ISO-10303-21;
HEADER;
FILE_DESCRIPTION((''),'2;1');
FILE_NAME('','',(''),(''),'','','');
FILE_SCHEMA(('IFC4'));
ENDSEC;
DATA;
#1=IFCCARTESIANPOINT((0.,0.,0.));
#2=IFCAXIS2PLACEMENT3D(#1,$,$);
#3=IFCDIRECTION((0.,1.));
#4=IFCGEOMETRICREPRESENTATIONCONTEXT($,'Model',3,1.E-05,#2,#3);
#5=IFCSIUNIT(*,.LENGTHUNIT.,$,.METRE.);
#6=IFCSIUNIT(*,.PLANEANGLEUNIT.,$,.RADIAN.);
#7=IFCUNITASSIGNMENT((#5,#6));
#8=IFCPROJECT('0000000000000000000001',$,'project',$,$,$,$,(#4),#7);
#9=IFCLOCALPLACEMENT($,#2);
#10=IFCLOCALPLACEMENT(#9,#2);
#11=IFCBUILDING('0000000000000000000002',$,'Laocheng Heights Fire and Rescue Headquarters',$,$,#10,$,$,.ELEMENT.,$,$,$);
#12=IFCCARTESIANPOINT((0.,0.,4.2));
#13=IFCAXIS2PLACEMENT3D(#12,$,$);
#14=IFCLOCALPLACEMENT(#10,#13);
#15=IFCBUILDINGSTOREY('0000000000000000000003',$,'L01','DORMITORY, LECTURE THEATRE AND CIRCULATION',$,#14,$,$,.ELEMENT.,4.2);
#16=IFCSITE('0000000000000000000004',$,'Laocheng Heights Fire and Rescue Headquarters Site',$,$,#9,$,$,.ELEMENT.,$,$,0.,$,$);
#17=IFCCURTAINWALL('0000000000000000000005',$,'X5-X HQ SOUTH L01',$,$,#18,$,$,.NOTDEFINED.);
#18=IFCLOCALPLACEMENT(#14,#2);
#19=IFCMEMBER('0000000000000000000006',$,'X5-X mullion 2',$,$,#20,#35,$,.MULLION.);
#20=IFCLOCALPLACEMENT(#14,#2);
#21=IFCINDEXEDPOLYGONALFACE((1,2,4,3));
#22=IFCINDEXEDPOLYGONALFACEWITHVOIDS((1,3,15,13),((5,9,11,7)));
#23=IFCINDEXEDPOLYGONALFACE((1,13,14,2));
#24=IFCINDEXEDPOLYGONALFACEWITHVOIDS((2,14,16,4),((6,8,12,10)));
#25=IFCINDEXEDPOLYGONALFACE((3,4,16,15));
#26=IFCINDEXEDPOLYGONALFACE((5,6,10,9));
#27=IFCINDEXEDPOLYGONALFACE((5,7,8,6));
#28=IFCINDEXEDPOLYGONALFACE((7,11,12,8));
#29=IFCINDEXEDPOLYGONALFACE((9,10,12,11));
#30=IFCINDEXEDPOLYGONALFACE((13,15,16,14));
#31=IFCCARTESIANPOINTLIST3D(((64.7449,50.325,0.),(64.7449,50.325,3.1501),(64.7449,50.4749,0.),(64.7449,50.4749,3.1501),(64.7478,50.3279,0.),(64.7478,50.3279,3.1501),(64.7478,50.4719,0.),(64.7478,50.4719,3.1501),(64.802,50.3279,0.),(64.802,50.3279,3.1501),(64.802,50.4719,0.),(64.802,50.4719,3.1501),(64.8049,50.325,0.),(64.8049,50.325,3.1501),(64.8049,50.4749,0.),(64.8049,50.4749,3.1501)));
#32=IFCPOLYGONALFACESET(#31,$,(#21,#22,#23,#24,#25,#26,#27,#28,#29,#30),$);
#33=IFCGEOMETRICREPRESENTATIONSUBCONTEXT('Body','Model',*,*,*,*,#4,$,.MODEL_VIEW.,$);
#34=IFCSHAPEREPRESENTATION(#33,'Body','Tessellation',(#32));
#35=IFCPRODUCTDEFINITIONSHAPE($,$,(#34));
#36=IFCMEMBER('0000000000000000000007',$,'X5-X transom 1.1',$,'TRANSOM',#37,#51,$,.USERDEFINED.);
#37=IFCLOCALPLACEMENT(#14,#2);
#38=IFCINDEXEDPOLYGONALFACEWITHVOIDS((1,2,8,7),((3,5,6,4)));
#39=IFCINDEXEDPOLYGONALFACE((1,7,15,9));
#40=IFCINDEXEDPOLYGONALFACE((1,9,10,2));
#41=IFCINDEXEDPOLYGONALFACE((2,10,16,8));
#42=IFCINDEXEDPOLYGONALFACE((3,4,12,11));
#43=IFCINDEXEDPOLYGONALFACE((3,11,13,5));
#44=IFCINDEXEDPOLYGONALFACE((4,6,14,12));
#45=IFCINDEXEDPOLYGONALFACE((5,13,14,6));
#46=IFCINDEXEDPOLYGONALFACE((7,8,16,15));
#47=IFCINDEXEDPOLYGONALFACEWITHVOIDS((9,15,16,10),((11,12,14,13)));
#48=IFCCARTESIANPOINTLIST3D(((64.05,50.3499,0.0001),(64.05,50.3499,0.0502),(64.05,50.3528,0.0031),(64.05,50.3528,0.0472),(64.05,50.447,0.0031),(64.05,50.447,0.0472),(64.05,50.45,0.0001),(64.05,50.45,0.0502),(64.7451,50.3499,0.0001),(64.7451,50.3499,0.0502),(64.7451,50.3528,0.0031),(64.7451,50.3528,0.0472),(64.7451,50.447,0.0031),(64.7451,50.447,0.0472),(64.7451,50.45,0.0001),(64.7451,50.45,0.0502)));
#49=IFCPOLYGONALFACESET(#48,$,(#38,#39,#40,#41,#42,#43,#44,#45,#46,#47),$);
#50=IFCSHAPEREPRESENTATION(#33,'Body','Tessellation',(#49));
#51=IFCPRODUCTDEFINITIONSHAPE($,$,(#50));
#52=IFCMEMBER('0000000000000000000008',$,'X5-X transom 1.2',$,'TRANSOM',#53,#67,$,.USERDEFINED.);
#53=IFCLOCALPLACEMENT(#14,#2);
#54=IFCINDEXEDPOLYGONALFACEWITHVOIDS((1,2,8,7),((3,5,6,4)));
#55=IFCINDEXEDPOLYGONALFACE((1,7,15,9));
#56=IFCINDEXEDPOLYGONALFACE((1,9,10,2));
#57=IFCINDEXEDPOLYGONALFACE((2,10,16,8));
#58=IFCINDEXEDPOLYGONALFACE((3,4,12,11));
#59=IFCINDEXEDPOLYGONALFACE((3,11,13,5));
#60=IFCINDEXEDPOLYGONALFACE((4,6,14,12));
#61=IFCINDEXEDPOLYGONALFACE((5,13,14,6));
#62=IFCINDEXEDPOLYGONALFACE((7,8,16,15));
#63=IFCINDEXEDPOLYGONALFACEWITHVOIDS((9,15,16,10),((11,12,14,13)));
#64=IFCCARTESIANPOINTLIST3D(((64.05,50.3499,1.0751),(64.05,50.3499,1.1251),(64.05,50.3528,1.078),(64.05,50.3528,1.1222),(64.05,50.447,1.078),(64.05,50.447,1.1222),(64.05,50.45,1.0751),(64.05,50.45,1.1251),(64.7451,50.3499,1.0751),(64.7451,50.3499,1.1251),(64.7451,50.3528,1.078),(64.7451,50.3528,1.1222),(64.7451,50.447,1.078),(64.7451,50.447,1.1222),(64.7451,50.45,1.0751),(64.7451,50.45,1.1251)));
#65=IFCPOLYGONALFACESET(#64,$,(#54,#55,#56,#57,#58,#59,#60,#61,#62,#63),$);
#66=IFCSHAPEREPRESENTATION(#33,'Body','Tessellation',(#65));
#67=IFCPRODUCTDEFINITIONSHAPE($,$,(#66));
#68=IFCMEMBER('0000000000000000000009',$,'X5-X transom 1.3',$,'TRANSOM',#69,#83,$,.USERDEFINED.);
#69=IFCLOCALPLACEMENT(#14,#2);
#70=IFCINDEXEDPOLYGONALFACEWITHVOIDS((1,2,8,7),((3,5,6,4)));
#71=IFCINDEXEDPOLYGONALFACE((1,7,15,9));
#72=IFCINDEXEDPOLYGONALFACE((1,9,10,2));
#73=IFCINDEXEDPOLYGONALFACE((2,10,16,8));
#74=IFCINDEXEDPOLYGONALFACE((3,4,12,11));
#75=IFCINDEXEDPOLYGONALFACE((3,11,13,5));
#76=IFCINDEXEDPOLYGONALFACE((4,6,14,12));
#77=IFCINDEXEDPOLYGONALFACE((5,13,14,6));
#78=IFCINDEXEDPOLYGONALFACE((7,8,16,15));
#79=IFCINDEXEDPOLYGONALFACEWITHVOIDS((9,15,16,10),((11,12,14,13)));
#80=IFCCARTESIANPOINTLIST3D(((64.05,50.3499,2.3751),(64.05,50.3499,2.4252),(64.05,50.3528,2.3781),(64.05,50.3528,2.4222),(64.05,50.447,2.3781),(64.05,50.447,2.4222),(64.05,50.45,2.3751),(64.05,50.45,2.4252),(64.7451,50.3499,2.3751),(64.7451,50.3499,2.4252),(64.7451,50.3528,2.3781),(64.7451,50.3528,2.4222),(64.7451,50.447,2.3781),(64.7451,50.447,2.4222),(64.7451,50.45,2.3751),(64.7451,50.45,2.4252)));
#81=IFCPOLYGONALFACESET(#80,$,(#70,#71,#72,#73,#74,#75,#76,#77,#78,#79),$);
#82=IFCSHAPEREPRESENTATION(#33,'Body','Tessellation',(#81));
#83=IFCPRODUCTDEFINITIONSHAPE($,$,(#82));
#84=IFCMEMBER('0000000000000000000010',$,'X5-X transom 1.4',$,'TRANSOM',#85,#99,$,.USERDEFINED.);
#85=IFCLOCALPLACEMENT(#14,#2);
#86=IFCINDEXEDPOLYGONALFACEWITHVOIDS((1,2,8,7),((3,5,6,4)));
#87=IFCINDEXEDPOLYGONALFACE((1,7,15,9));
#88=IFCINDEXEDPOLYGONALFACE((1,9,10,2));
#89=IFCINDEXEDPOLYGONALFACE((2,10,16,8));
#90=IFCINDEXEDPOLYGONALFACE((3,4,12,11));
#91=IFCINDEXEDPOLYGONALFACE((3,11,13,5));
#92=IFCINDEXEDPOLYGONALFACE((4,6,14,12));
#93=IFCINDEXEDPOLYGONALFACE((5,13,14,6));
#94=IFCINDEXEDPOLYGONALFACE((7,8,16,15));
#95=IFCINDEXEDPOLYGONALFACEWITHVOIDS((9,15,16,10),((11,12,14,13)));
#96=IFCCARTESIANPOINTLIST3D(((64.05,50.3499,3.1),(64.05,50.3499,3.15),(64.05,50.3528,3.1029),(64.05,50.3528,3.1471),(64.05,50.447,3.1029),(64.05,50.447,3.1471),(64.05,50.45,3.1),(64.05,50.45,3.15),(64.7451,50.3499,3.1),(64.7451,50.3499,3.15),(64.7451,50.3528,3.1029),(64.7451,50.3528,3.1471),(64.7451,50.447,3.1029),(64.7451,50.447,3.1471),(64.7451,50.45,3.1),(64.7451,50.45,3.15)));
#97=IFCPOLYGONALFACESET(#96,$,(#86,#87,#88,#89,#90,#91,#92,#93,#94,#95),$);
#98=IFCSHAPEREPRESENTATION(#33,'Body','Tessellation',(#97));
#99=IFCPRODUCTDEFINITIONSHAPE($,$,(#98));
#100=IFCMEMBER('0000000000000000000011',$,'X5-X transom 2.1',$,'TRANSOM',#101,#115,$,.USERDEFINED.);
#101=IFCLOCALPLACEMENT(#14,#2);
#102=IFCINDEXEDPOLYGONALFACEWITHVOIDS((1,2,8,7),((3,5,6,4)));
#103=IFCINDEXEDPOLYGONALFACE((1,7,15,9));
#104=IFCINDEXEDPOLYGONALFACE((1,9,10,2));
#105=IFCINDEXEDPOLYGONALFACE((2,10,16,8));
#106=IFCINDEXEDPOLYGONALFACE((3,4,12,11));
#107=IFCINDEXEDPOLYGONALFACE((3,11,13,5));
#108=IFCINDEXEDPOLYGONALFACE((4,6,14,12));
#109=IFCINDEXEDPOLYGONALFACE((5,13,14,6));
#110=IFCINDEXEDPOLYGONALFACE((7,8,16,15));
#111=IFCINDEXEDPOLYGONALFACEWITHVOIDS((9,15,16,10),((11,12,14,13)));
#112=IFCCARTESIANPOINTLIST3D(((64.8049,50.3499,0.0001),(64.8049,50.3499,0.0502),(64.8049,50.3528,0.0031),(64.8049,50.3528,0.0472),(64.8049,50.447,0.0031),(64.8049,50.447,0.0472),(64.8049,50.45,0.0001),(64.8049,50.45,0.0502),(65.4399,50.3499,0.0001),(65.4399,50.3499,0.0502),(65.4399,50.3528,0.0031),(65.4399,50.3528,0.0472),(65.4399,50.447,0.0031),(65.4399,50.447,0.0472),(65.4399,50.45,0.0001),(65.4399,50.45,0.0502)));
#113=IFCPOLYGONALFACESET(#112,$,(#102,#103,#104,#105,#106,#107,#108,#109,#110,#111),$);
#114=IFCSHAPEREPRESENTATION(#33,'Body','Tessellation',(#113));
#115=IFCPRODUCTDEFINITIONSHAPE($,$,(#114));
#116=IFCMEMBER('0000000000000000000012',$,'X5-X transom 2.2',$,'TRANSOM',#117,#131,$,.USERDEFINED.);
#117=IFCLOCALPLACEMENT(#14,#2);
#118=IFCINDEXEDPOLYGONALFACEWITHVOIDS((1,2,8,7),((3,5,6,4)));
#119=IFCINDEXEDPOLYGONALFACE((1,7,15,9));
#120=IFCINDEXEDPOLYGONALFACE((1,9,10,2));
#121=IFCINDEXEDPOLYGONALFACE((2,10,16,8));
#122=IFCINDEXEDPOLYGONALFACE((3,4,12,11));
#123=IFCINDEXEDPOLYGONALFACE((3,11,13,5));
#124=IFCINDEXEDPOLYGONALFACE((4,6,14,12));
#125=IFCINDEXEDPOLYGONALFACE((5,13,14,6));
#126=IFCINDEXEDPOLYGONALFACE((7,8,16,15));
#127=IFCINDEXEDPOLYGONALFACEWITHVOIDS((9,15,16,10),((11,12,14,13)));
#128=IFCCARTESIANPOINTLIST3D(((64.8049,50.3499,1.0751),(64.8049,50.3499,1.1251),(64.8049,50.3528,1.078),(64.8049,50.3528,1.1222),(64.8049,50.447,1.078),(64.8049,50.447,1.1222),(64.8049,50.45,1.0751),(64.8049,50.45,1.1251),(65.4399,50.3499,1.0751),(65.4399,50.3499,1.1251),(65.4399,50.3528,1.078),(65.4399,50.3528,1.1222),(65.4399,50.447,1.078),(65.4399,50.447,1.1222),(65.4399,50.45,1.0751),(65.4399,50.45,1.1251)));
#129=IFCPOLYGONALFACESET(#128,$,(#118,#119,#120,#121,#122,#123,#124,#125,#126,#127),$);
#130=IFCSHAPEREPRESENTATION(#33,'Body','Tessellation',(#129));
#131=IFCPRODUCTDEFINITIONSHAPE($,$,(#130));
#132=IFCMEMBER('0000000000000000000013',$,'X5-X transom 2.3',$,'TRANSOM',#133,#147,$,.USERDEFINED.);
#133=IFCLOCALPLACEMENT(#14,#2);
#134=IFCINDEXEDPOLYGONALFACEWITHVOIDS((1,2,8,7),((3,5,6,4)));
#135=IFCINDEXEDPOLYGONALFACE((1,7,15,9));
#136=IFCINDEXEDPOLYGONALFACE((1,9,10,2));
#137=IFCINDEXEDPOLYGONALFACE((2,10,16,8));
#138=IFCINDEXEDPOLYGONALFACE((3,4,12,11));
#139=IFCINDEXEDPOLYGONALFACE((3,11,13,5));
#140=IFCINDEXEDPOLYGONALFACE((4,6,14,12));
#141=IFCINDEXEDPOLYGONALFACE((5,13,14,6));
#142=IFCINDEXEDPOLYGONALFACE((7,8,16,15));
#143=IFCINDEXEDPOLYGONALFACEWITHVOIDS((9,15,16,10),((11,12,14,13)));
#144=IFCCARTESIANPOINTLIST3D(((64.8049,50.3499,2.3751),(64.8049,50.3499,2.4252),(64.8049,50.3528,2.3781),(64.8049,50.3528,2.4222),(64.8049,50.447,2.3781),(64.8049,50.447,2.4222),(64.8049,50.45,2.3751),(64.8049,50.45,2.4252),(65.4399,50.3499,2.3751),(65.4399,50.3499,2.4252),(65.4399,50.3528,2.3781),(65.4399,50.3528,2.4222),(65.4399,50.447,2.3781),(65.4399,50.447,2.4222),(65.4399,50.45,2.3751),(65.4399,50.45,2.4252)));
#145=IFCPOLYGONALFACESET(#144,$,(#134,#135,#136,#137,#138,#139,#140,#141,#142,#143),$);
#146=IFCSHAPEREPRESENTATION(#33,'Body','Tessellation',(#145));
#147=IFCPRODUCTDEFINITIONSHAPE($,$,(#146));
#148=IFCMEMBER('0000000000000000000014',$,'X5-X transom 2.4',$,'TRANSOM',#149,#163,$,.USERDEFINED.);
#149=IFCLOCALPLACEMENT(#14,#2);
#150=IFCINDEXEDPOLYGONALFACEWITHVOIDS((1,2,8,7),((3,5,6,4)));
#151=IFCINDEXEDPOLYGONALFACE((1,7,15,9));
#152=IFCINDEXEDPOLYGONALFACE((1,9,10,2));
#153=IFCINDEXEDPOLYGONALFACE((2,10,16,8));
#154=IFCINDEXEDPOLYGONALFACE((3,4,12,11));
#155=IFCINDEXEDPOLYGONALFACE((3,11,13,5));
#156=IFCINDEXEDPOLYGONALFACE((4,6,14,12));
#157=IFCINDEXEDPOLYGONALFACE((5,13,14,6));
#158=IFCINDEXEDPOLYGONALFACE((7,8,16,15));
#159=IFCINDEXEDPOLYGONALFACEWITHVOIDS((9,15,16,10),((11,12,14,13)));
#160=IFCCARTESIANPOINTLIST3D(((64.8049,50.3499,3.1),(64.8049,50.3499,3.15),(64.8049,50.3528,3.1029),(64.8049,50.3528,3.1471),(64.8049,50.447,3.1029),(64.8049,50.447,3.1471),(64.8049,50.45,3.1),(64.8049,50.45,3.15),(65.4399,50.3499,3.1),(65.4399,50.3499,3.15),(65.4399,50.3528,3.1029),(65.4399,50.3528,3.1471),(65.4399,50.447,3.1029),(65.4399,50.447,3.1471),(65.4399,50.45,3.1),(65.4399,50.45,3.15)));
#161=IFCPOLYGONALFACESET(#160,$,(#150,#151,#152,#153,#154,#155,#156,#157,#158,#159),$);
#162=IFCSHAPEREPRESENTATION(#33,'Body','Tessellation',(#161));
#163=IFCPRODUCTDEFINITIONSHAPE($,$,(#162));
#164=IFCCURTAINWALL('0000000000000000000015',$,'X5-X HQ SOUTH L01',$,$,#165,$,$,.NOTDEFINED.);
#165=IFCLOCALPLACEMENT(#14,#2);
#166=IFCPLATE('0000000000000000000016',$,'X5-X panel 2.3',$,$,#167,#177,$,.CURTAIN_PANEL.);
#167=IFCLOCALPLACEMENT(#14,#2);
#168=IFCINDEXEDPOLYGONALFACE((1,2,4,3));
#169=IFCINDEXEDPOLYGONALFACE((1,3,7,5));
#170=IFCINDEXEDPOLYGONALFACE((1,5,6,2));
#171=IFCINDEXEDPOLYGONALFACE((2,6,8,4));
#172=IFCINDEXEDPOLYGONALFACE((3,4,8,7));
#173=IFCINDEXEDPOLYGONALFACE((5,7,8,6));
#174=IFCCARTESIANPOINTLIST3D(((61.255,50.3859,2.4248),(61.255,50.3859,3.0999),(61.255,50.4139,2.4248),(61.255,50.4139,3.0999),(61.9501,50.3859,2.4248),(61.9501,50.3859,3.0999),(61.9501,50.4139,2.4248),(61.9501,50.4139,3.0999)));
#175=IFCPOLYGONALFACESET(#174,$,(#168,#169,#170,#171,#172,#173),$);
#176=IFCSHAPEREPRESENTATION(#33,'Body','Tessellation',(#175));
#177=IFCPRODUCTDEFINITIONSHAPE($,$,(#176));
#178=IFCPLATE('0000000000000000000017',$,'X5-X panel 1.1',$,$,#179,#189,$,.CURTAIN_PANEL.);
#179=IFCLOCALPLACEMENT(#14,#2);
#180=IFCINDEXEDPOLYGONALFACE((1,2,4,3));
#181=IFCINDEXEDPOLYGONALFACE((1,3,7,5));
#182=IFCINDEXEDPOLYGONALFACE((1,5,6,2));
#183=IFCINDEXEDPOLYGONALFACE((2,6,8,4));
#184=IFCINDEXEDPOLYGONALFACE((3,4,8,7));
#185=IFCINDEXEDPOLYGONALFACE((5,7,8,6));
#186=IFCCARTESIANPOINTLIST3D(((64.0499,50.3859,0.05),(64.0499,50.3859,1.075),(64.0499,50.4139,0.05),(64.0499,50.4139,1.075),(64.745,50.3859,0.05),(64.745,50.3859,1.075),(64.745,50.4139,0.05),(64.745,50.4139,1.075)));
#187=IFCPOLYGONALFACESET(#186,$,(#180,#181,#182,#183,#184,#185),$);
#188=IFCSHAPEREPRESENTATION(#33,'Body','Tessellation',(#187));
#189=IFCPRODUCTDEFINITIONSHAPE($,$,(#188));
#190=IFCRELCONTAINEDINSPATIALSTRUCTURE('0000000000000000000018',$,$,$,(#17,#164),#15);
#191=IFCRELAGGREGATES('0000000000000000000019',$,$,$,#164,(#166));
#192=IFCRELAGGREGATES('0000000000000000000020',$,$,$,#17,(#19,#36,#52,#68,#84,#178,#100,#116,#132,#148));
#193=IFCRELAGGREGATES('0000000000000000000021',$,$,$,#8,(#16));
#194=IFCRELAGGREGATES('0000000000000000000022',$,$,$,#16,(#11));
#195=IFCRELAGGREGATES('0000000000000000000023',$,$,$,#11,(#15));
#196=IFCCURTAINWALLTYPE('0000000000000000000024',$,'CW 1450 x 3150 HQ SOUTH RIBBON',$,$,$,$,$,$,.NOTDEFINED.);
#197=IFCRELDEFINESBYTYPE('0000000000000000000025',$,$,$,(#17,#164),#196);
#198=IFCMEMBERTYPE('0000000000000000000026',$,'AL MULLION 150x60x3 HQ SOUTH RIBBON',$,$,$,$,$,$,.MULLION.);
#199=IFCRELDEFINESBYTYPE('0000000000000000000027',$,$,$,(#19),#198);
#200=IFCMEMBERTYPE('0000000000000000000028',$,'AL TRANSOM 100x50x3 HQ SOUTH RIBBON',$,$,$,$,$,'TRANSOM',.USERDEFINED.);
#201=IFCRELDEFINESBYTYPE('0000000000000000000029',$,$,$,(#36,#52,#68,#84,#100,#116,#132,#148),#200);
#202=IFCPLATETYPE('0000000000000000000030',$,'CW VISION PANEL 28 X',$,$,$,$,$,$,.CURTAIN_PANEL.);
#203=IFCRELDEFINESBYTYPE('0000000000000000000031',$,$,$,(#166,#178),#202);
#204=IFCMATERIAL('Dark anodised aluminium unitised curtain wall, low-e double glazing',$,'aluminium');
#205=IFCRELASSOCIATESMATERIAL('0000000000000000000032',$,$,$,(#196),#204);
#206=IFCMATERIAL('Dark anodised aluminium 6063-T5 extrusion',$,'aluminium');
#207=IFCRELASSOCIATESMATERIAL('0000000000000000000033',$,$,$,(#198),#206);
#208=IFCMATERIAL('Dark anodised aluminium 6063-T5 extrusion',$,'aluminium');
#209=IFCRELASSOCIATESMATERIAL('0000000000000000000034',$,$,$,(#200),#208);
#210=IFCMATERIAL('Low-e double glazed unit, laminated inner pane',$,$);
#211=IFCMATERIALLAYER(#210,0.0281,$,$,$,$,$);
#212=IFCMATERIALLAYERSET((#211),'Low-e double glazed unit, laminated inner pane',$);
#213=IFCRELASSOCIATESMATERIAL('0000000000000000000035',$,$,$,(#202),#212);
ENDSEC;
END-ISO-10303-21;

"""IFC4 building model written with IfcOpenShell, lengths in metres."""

from ifc_helpers import new_model, si_unit, direction, frame, origin, origin_2d, place, context, subcontext, project, spatial, rectangle, hollow_rectangle, extrude, material, layer, layer_set, material_profile, profile_set, type_object, element, aggregate, save


model = new_model("IFC4")

# Units and contexts
model_context = context("Model", 3, precision=1e-05, world=origin(), true_north=direction((0.0, 1.0)))
body_context = subcontext(model_context, "Body", "Model", "MODEL_VIEW")
ifc_project = project(units=[si_unit("LENGTHUNIT", "METRE"), si_unit("PLANEANGLEUNIT", "RADIAN")], contexts=[model_context])

# Site, building, storey
site_placement = place(None, origin())
site = spatial("IfcSite", under=ifc_project, at=site_placement, Name="Laocheng Heights Fire and Rescue Headquarters Site", CompositionType="ELEMENT", RefElevation=0.0)
building_placement = place(site_placement, origin())
building = spatial("IfcBuilding", under=site, at=building_placement, Name="Laocheng Heights Fire and Rescue Headquarters", CompositionType="ELEMENT")
storey_placement = place(building_placement, frame((0.0, 0.0, 4.2)))
storey = spatial("IfcBuildingStorey", under=building, at=storey_placement, Name="L01", Description="DORMITORY, LECTURE THEATRE AND CIRCULATION", CompositionType="ELEMENT", Elevation=4.2)

# Curtain wall, members
ifc_material_1 = material(Name="Dark anodised aluminium unitised curtain wall, low-e double glazing", Category="aluminium")
curtain_wall_type = type_object("IfcCurtainWallType", Name="CW 1450 x 3150 HQ SOUTH RIBBON", PredefinedType="NOTDEFINED", material=ifc_material_1)
curtain_wall_1_placement = place(storey_placement, origin())
curtain_wall_1 = element("IfcCurtainWall", 1, at=curtain_wall_1_placement, inside=storey, type_object=curtain_wall_type, Name="X5-X HQ SOUTH L01", PredefinedType="NOTDEFINED")
ifc_material_2 = material(Name="Dark anodised aluminium 6063-T5 extrusion", Category="aluminium")
ifc_material_profile_1 = material_profile(ifc_material_2, hollow_rectangle(XDim=0.1499, YDim=0.0601, WallThickness=0.0029, at=origin_2d()), Name="AL MULLION 150x60x3 HQ SOUTH RIBBON")
ifc_profile_set_1 = profile_set([ifc_material_profile_1], Name="Dark anodised aluminium 6063-T5 extrusion")
member_type_1 = type_object("IfcMemberType", Name="AL MULLION 150x60x3 HQ SOUTH RIBBON", PredefinedType="MULLION", material=ifc_profile_set_1)
member_1_placement = place(storey_placement, frame((64.7749, 50.3999, 0.0), z_axis=(0.0, 0.0, 1.0), x_axis=(0.0, 1.0, 0.0)))
member_1 = element("IfcMember", 2, at=member_1_placement, type_object=member_type_1, Name="X5-X mullion 2", PredefinedType="MULLION", context=body_context, shape_type="SweptSolid", body=[
    extrude(hollow_rectangle(XDim=0.1499, YDim=0.0601, WallThickness=0.0029, at=origin_2d()), origin(), (0.0, 0.0, 1.0), 3.1501),
])
ifc_material_3 = material(Name="Dark anodised aluminium 6063-T5 extrusion", Category="aluminium")
ifc_material_profile_2 = material_profile(ifc_material_3, hollow_rectangle(XDim=0.1001, YDim=0.05, WallThickness=0.0029, at=origin_2d()), Name="AL TRANSOM 100x50x3 HQ SOUTH RIBBON")
ifc_profile_set_2 = profile_set([ifc_material_profile_2], Name="Dark anodised aluminium 6063-T5 extrusion")
member_type_2 = type_object("IfcMemberType", Name="AL TRANSOM 100x50x3 HQ SOUTH RIBBON", ElementType="TRANSOM", PredefinedType="USERDEFINED", material=ifc_profile_set_2)
member_2_placement = place(storey_placement, frame((64.05, 50.3999, 0.0251), z_axis=(1.0, 0.0, 0.0), x_axis=(0.0, 1.0, 0.0)))
member_2 = element("IfcMember", 3, at=member_2_placement, type_object=member_type_2, Name="X5-X transom 1.1", ObjectType="TRANSOM", PredefinedType="USERDEFINED", context=body_context, shape_type="SweptSolid", body=[
    extrude(hollow_rectangle(XDim=0.1001, YDim=0.05, WallThickness=0.0029, at=origin_2d()), origin(), (0.0, 0.0, 1.0), 0.6951),
])
member_3_placement = place(storey_placement, frame((64.05, 50.3999, 1.1001), z_axis=(1.0, 0.0, 0.0), x_axis=(0.0, 1.0, 0.0)))
member_3 = element("IfcMember", 4, at=member_3_placement, type_object=member_type_2, Name="X5-X transom 1.2", ObjectType="TRANSOM", PredefinedType="USERDEFINED", context=body_context, shape_type="SweptSolid", body=[
    extrude(hollow_rectangle(XDim=0.1001, YDim=0.05, WallThickness=0.0029, at=origin_2d()), origin(), (0.0, 0.0, 1.0), 0.6951),
])
member_4_placement = place(storey_placement, frame((64.05, 50.3999, 2.4001), z_axis=(1.0, 0.0, 0.0), x_axis=(0.0, 1.0, 0.0)))
member_4 = element("IfcMember", 5, at=member_4_placement, type_object=member_type_2, Name="X5-X transom 1.3", ObjectType="TRANSOM", PredefinedType="USERDEFINED", context=body_context, shape_type="SweptSolid", body=[
    extrude(hollow_rectangle(XDim=0.1001, YDim=0.05, WallThickness=0.0029, at=origin_2d()), origin(), (0.0, 0.0, 1.0), 0.6951),
])
member_5_placement = place(storey_placement, frame((64.05, 50.3999, 3.125), z_axis=(1.0, 0.0, 0.0), x_axis=(0.0, 1.0, 0.0)))
member_5 = element("IfcMember", 6, at=member_5_placement, type_object=member_type_2, Name="X5-X transom 1.4", ObjectType="TRANSOM", PredefinedType="USERDEFINED", context=body_context, shape_type="SweptSolid", body=[
    extrude(hollow_rectangle(XDim=0.1001, YDim=0.05, WallThickness=0.0029, at=origin_2d()), origin(), (0.0, 0.0, 1.0), 0.6951),
])
member_6_placement = place(storey_placement, frame((64.8049, 50.3999, 0.0251), z_axis=(1.0, 0.0, 0.0), x_axis=(0.0, 1.0, 0.0)))
member_6 = element("IfcMember", 7, at=member_6_placement, type_object=member_type_2, Name="X5-X transom 2.1", ObjectType="TRANSOM", PredefinedType="USERDEFINED", context=body_context, shape_type="SweptSolid", body=[
    extrude(hollow_rectangle(XDim=0.1001, YDim=0.05, WallThickness=0.0029, at=origin_2d()), origin(), (0.0, 0.0, 1.0), 0.635),
])
member_7_placement = place(storey_placement, frame((64.8049, 50.3999, 1.1001), z_axis=(1.0, 0.0, 0.0), x_axis=(0.0, 1.0, 0.0)))
member_7 = element("IfcMember", 8, at=member_7_placement, type_object=member_type_2, Name="X5-X transom 2.2", ObjectType="TRANSOM", PredefinedType="USERDEFINED", context=body_context, shape_type="SweptSolid", body=[
    extrude(hollow_rectangle(XDim=0.1001, YDim=0.05, WallThickness=0.0029, at=origin_2d()), origin(), (0.0, 0.0, 1.0), 0.635),
])
member_8_placement = place(storey_placement, frame((64.8049, 50.3999, 2.4001), z_axis=(1.0, 0.0, 0.0), x_axis=(0.0, 1.0, 0.0)))
member_8 = element("IfcMember", 9, at=member_8_placement, type_object=member_type_2, Name="X5-X transom 2.3", ObjectType="TRANSOM", PredefinedType="USERDEFINED", context=body_context, shape_type="SweptSolid", body=[
    extrude(hollow_rectangle(XDim=0.1001, YDim=0.05, WallThickness=0.0029, at=origin_2d()), origin(), (0.0, 0.0, 1.0), 0.635),
])
member_9_placement = place(storey_placement, frame((64.8049, 50.3999, 3.125), z_axis=(1.0, 0.0, 0.0), x_axis=(0.0, 1.0, 0.0)))
member_9 = element("IfcMember", 10, at=member_9_placement, type_object=member_type_2, Name="X5-X transom 2.4", ObjectType="TRANSOM", PredefinedType="USERDEFINED", context=body_context, shape_type="SweptSolid", body=[
    extrude(hollow_rectangle(XDim=0.1001, YDim=0.05, WallThickness=0.0029, at=origin_2d()), origin(), (0.0, 0.0, 1.0), 0.635),
])

# Curtain wall, plate
curtain_wall_2_placement = place(storey_placement, origin())
curtain_wall_2 = element("IfcCurtainWall", 11, at=curtain_wall_2_placement, inside=storey, type_object=curtain_wall_type, Name="X5-X HQ SOUTH L01", PredefinedType="NOTDEFINED")
ifc_material_4 = material(Name="Low-e double glazed unit, laminated inner pane")
ifc_layer_1 = layer(ifc_material_4, 0.0281)
ifc_layer_set_1 = layer_set([ifc_layer_1], Name="Low-e double glazed unit, laminated inner pane")
plate_type = type_object("IfcPlateType", Name="CW VISION PANEL 28 X", PredefinedType="CURTAIN_PANEL", material=ifc_layer_set_1)
plate_1_placement = place(storey_placement, frame((61.6025, 50.3999, 2.4248), z_axis=(0.0, 0.0, 1.0), x_axis=(1.0, 0.0, 0.0)))
plate_1 = element("IfcPlate", 12, at=plate_1_placement, type_object=plate_type, Name="X5-X panel 2.3", PredefinedType="CURTAIN_PANEL", context=body_context, shape_type="SweptSolid", body=[
    extrude(rectangle(XDim=0.6951, YDim=0.0281, at=origin_2d()), origin(), (0.0, 0.0, 1.0), 0.675),
])
aggregate(curtain_wall_2, [plate_1])

# Plate
plate_2_placement = place(storey_placement, frame((64.3975, 50.3999, 0.05), z_axis=(0.0, 0.0, 1.0), x_axis=(1.0, 0.0, 0.0)))
plate_2 = element("IfcPlate", 13, at=plate_2_placement, type_object=plate_type, Name="X5-X panel 1.1", PredefinedType="CURTAIN_PANEL", context=body_context, shape_type="SweptSolid", body=[
    extrude(rectangle(XDim=0.6951, YDim=0.0281, at=origin_2d()), origin(), (0.0, 0.0, 1.0), 1.0249),
])
aggregate(curtain_wall_1, [member_1, member_2, member_3, member_4, member_5, plate_2, member_6, member_7, member_8, member_9])

save(model, "model.ifc")
